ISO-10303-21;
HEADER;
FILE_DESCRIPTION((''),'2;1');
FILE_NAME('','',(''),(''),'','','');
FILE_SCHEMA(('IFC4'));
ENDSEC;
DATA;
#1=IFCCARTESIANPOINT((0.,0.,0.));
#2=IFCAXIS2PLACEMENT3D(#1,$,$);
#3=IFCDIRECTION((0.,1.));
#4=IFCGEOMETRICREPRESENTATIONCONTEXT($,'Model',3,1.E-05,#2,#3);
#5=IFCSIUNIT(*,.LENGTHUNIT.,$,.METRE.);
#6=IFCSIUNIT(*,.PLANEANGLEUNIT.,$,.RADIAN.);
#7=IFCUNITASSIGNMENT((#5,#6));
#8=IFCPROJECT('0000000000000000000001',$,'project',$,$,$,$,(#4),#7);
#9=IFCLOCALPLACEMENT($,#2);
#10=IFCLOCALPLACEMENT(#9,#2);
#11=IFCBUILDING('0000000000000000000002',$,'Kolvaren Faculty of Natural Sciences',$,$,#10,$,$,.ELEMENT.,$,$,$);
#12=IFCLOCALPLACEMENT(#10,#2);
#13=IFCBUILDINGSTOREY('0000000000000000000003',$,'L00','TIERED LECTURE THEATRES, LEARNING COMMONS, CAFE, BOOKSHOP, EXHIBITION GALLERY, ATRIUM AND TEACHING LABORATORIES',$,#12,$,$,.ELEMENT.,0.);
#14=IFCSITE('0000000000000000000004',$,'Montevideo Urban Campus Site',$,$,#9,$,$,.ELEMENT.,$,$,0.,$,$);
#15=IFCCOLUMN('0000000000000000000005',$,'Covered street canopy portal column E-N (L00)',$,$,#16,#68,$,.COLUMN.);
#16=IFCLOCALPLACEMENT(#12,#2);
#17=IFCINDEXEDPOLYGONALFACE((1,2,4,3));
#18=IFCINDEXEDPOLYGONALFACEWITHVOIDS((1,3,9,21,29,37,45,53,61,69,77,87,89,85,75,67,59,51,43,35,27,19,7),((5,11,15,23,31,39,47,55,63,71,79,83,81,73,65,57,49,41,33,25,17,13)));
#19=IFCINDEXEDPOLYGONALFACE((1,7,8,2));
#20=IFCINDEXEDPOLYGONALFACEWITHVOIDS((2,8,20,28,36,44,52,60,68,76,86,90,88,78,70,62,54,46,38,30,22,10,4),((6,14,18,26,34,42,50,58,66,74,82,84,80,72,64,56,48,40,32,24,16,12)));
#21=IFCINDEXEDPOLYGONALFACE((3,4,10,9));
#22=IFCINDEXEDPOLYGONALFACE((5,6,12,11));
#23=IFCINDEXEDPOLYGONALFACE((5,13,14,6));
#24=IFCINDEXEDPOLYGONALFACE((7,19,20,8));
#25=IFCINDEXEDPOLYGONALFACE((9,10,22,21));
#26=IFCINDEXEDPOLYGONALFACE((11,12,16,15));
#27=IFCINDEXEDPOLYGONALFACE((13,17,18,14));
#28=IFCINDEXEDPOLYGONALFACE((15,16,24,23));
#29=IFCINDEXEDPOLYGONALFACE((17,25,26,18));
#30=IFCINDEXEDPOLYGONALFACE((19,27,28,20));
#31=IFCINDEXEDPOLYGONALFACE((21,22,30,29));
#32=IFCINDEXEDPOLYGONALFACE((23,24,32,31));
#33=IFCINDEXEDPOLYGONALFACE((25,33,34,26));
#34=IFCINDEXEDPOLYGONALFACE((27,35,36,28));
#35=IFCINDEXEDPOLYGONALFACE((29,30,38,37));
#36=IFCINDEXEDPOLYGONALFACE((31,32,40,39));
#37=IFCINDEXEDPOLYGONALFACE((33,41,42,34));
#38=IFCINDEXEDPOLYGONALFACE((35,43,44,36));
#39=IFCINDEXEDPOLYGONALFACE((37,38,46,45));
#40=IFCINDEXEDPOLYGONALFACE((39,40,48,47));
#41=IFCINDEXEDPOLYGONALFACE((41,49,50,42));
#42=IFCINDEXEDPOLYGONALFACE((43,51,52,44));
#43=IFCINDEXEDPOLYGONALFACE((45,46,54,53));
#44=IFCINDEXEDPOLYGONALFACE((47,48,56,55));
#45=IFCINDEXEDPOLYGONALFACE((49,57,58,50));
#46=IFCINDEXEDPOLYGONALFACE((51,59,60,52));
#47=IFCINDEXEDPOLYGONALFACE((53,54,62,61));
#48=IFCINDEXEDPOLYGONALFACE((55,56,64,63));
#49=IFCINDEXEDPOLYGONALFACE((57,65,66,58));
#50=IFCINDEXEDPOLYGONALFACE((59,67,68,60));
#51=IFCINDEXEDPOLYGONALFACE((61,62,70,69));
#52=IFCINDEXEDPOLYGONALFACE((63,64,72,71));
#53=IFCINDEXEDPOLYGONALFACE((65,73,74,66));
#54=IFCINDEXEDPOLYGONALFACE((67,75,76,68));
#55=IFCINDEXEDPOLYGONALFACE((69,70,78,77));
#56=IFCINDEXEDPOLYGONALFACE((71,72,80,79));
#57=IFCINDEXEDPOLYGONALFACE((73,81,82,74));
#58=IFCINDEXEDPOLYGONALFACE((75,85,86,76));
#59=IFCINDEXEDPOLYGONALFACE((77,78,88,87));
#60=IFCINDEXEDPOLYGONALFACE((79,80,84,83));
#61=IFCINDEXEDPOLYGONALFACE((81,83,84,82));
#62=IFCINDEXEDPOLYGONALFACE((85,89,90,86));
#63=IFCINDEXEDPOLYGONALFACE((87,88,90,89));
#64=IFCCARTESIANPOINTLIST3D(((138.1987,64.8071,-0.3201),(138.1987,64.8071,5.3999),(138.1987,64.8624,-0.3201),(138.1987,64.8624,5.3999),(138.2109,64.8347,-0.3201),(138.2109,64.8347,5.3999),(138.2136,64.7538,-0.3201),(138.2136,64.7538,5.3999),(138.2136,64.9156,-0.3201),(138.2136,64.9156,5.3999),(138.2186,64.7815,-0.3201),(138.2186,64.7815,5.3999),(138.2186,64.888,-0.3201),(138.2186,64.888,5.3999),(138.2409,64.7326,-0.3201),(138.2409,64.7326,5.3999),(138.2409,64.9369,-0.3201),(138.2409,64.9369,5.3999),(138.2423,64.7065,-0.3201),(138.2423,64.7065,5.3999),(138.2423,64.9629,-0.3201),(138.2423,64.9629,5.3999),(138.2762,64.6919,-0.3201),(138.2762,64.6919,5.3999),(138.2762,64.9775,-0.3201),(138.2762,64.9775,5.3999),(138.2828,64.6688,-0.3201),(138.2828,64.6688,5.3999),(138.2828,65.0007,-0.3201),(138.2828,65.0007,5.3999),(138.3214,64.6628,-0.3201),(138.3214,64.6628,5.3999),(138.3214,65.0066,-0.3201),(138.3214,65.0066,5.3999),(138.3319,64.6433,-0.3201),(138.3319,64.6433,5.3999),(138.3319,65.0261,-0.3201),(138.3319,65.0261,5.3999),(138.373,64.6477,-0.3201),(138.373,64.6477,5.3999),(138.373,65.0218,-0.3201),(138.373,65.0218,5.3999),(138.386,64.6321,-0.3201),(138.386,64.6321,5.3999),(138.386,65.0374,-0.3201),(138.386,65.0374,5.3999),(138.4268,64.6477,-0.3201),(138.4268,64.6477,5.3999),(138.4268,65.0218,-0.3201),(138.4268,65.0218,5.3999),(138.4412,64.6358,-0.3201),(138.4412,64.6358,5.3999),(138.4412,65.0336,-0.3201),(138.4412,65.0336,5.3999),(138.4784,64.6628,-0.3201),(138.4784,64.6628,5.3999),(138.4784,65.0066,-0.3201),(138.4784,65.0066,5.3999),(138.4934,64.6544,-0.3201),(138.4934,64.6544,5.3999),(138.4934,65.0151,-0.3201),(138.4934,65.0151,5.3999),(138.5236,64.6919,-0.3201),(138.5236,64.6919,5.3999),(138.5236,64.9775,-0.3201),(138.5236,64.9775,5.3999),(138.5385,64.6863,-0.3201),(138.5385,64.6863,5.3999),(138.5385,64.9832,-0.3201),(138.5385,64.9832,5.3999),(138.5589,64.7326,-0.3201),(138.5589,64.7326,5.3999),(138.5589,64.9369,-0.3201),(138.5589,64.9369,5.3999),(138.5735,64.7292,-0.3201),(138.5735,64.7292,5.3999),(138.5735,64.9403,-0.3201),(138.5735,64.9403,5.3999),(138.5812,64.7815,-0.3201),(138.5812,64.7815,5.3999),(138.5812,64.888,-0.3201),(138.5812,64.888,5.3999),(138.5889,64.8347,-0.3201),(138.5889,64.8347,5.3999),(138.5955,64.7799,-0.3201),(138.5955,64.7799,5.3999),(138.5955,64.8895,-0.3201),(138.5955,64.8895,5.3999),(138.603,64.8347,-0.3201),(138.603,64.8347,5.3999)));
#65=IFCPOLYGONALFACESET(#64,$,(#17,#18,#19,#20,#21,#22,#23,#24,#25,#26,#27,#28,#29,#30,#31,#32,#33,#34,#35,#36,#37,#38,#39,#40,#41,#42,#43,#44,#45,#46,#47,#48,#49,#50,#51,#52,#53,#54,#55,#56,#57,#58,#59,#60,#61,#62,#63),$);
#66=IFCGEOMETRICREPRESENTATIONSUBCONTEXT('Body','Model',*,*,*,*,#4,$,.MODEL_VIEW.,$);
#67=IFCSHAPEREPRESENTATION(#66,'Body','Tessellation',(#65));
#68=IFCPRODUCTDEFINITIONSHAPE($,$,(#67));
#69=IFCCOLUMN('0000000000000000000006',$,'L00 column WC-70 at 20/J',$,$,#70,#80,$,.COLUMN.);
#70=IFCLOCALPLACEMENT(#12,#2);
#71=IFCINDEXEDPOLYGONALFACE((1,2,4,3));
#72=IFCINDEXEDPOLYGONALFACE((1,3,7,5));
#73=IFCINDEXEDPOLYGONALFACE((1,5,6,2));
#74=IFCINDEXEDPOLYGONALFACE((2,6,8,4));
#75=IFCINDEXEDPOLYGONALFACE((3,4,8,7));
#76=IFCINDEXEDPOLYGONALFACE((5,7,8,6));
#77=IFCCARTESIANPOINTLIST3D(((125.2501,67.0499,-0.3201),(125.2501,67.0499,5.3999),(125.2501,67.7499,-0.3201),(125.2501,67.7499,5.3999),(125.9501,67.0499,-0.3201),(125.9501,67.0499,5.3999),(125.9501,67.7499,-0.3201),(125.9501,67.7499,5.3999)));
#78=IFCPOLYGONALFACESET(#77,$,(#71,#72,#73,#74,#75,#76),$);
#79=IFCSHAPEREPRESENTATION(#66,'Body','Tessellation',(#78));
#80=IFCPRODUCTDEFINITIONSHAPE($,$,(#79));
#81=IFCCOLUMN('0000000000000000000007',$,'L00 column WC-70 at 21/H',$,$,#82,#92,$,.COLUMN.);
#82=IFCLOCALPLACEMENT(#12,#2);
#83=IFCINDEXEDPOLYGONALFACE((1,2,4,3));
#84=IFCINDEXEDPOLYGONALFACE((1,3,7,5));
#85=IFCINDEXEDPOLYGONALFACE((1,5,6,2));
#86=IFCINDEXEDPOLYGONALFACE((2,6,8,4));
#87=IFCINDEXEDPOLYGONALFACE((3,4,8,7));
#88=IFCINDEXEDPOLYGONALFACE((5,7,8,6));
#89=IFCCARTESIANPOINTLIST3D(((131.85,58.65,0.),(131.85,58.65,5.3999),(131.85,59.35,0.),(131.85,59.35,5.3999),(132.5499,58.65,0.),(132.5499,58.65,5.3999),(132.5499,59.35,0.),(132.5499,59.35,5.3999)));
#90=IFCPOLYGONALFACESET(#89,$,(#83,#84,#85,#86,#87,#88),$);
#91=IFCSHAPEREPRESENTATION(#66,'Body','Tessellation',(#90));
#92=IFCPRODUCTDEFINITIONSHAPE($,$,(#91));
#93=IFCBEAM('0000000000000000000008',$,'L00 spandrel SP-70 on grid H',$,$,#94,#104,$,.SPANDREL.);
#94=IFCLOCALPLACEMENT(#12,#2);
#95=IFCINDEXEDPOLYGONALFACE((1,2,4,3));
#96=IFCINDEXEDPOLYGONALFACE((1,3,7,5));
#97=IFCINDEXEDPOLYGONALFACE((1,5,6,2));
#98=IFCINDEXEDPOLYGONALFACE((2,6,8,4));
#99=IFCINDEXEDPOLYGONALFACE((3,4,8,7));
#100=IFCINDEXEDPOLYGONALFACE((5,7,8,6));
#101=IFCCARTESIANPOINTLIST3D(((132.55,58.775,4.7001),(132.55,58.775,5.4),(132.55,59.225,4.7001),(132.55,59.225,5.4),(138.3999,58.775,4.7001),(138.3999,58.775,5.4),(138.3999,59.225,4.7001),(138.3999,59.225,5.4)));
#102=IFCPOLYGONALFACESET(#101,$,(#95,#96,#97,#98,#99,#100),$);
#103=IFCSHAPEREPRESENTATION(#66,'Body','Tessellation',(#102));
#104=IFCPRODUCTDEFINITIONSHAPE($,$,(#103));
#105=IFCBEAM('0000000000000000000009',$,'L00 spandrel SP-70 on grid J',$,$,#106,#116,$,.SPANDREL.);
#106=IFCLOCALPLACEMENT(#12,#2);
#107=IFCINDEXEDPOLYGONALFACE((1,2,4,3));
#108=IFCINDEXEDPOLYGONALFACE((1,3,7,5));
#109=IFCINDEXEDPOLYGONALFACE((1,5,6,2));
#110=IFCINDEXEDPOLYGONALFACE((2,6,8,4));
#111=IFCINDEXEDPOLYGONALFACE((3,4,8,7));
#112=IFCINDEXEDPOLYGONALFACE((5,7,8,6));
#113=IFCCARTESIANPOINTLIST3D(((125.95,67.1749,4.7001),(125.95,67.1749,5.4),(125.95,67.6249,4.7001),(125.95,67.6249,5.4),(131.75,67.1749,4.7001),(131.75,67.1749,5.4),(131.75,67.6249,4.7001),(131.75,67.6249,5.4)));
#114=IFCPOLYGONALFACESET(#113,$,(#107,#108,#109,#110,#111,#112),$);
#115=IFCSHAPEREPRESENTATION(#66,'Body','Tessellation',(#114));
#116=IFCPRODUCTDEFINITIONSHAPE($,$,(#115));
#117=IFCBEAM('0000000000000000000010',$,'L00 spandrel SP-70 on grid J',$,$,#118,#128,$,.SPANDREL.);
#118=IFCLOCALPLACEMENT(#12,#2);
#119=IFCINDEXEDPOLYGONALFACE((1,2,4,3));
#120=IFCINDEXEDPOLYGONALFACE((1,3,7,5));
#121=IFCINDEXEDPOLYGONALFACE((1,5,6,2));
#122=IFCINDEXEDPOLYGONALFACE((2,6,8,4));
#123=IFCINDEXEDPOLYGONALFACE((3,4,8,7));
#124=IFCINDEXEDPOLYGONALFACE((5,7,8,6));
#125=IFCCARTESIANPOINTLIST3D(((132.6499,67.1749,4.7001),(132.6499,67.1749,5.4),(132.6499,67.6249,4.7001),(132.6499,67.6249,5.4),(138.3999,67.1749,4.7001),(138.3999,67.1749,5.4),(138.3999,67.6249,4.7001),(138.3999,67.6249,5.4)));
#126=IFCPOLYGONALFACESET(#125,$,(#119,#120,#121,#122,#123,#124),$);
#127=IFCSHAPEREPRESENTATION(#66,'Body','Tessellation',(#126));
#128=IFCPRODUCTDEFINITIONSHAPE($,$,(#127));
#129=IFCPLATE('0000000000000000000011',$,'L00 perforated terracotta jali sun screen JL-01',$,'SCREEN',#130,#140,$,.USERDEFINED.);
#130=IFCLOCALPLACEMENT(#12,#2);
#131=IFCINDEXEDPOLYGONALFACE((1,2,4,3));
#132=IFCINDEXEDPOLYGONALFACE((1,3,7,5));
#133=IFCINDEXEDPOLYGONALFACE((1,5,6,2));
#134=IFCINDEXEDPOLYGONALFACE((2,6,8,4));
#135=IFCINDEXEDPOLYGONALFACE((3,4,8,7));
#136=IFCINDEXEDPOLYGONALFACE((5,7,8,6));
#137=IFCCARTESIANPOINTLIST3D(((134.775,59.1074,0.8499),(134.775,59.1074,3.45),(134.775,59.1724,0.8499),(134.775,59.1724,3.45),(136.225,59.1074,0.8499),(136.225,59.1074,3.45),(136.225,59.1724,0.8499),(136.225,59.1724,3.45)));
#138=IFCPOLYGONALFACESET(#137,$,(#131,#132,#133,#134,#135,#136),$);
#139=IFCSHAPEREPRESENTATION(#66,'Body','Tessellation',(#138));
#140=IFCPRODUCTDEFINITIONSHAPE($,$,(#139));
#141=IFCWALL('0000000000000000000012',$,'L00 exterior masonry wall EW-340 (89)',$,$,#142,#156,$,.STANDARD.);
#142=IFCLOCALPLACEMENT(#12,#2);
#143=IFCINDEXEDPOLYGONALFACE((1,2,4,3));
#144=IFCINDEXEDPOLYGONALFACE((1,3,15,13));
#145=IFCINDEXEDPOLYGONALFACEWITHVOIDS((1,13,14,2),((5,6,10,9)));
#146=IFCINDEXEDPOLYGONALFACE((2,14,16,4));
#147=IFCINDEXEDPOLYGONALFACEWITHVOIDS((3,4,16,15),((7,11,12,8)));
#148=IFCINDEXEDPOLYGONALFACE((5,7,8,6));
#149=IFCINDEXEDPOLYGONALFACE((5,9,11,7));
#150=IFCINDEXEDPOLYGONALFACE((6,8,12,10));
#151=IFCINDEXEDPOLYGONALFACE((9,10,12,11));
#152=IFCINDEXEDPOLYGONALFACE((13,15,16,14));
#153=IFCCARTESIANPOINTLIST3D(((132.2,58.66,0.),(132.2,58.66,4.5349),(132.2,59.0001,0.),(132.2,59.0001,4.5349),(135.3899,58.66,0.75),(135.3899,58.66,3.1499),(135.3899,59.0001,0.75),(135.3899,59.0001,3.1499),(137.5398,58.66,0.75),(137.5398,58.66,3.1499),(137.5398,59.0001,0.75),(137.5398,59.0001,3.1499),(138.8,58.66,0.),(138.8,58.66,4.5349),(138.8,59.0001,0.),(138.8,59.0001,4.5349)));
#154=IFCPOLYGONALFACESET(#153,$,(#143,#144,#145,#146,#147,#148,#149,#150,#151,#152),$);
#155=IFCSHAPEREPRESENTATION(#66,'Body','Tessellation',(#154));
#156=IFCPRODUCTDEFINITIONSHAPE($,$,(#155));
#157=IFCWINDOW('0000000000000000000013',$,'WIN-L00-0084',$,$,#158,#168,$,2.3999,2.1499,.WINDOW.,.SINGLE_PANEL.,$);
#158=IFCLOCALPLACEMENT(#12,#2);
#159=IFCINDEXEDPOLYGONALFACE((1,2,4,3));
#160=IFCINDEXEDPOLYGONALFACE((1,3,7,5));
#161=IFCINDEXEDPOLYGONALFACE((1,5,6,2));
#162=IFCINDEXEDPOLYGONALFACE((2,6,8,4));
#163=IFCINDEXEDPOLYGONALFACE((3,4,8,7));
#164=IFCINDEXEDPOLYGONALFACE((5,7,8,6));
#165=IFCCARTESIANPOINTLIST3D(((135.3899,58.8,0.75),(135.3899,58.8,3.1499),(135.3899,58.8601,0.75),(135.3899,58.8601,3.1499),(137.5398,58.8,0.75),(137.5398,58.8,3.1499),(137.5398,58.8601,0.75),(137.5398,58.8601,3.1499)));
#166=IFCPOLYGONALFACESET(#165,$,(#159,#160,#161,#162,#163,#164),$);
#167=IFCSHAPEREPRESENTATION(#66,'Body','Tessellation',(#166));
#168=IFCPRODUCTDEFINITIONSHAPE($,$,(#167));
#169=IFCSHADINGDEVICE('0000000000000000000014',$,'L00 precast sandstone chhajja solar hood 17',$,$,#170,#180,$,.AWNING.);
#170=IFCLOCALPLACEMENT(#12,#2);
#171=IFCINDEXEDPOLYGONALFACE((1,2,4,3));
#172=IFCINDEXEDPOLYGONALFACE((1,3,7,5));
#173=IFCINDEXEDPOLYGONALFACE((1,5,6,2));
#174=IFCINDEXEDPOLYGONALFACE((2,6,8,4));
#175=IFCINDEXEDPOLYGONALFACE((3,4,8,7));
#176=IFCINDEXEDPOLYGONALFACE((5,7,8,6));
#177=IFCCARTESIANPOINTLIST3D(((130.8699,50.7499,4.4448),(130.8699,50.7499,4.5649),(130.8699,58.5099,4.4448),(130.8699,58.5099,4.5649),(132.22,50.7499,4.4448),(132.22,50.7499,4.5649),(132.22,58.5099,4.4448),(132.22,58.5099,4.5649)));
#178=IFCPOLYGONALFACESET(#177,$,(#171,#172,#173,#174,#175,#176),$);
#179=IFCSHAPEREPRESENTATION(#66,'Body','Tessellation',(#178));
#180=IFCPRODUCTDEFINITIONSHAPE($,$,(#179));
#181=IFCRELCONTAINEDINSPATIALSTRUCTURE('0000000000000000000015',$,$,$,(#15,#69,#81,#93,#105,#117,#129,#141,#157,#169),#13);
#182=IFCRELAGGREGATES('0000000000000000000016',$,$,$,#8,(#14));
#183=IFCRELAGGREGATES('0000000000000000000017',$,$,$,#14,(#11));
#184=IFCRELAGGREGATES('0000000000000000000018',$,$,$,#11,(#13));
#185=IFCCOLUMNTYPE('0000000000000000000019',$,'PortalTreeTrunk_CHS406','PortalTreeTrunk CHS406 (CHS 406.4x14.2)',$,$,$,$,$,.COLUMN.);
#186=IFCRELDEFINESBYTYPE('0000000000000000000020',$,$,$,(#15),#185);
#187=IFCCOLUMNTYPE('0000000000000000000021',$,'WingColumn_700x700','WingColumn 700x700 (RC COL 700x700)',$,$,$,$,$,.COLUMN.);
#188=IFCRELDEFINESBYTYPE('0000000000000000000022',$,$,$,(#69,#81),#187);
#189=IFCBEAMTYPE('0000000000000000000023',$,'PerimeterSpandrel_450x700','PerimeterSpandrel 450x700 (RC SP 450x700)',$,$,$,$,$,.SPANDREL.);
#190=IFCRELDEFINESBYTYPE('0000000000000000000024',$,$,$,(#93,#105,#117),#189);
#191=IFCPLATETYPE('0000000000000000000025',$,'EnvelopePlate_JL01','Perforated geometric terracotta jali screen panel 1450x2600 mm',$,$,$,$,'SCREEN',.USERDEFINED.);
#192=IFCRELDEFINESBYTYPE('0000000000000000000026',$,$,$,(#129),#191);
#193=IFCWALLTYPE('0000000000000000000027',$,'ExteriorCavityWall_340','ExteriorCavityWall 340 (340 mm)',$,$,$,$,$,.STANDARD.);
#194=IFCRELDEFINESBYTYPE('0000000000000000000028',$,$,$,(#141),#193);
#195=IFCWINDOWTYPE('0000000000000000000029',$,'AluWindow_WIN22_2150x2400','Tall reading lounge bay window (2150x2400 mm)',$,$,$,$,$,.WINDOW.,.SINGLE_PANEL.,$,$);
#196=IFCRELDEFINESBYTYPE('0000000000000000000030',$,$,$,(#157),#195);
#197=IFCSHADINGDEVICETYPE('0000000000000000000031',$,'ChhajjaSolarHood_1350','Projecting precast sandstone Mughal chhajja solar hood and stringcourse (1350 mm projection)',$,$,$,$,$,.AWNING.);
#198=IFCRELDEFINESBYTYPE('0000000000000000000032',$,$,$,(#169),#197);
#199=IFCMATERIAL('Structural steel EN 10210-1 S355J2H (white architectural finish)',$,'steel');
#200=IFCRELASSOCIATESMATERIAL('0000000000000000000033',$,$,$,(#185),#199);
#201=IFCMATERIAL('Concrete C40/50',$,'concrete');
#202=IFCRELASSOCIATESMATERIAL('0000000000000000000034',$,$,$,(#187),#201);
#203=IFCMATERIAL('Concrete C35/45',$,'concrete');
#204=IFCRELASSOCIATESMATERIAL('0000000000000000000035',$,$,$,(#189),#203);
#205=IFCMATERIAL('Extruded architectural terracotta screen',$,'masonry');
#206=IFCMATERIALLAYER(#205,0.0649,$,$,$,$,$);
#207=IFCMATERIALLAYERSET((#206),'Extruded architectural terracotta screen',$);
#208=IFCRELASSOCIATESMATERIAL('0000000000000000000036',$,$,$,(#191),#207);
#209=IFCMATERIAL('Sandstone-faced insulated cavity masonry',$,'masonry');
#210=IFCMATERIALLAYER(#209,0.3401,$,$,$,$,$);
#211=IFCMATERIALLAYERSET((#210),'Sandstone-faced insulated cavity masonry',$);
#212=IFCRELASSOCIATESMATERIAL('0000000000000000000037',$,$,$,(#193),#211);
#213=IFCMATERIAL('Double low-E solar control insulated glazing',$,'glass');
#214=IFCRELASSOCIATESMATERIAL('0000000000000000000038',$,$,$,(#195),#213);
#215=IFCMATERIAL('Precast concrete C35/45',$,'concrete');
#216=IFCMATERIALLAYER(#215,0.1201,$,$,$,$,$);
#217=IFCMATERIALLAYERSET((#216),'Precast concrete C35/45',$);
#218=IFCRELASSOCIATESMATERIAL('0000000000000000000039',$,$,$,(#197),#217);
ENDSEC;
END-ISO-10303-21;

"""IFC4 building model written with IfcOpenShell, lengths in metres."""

from ifc_helpers import new_model, si_unit, direction, frame, frame_2d, origin, origin_2d, place, context, subcontext, project, spatial, rectangle, hollow_circle, extrude, material, layer, layer_set, material_profile, profile_set, type_object, element, fill, save


model = new_model("IFC4")

# Units and contexts
model_context = context("Model", 3, precision=1e-05, world=origin(), true_north=direction((0.0, 1.0)))
body_context = subcontext(model_context, "Body", "Model", "MODEL_VIEW")
ifc_project = project(units=[si_unit("LENGTHUNIT", "METRE"), si_unit("PLANEANGLEUNIT", "RADIAN")], contexts=[model_context])

# Site, building, storey
site_placement = place(None, origin())
site = spatial("IfcSite", under=ifc_project, at=site_placement, Name="Montevideo Urban Campus Site", CompositionType="ELEMENT", RefElevation=0.0)
building_placement = place(site_placement, origin())
building = spatial("IfcBuilding", under=site, at=building_placement, Name="Kolvaren Faculty of Natural Sciences", CompositionType="ELEMENT")
storey_placement = place(building_placement, origin())
storey = spatial("IfcBuildingStorey", under=building, at=storey_placement, Name="L00", Description="TIERED LECTURE THEATRES, LEARNING COMMONS, CAFE, BOOKSHOP, EXHIBITION GALLERY, ATRIUM AND TEACHING LABORATORIES", CompositionType="ELEMENT", Elevation=0.0)

# Shared definitions
ifc_material_1 = material(Name="Concrete C35/45", Category="concrete")

# Columns
ifc_material_2 = material(Name="Concrete C40/50", Category="concrete")
ifc_material_3 = material(Name="Structural steel EN 10210-1 S355J2H (white architectural finish)", Category="steel")
ifc_material_profile_1 = material_profile(ifc_material_3, hollow_circle(Radius=0.2031, WallThickness=0.0142, at=origin_2d()), Name="CHS 406.4x14.2")
ifc_profile_set_1 = profile_set([ifc_material_profile_1], Name="Structural steel EN 10210-1 S355J2H (white architectural finish)")
column_type_1 = type_object("IfcColumnType", Name="PortalTreeTrunk_CHS406", Description="PortalTreeTrunk CHS406 (CHS 406.4x14.2)", PredefinedType="COLUMN", material=ifc_profile_set_1)
for number, where, z_axis, x_axis, name in (
    (1, (138.3999, 64.8347, -0.3201), (0.0, 0.0, 1.0), (1.0, 0.0, 0.0), "Covered street canopy portal column E-N (L00)"),
):
    element("IfcColumn", number, at=place(storey_placement, frame(where, z_axis=z_axis, x_axis=x_axis)), inside=storey, type_object=column_type_1, Name=name, PredefinedType="COLUMN", context=body_context, shape_type="SweptSolid", body=[
        extrude(hollow_circle(Radius=0.2031, WallThickness=0.0142, at=origin_2d()), origin(), (0.0, 0.0, 1.0), 5.72),
    ])
ifc_material_profile_2 = material_profile(ifc_material_2, rectangle(XDim=0.7, YDim=0.7, at=origin_2d()), Name="RC COL 700x700")
ifc_profile_set_2 = profile_set([ifc_material_profile_2], Name="Concrete C40/50")
column_type_2 = type_object("IfcColumnType", Name="WingColumn_700x700", Description="WingColumn 700x700 (RC COL 700x700)", PredefinedType="COLUMN", material=ifc_profile_set_2)
column_1_placement = place(storey_placement, frame((125.6001, 67.3999, -0.3201), z_axis=(0.0, 0.0, 1.0), x_axis=(1.0, 0.0, 0.0)))
element("IfcColumn", 2, at=column_1_placement, inside=storey, type_object=column_type_2, Name="L00 column WC-70 at 20/J", PredefinedType="COLUMN", context=body_context, shape_type="SweptSolid", body=[
    extrude(rectangle(XDim=0.7, YDim=0.7, at=origin_2d()), origin(), (0.0, 0.0, 1.0), 5.72),
])
column_2_placement = place(storey_placement, frame((132.2, 59.0, 0.0), z_axis=(0.0, 0.0, 1.0), x_axis=(1.0, 0.0, 0.0)))
element("IfcColumn", 3, at=column_2_placement, inside=storey, type_object=column_type_2, Name="L00 column WC-70 at 21/H", PredefinedType="COLUMN", context=body_context, shape_type="SweptSolid", body=[
    extrude(rectangle(XDim=0.7, YDim=0.7, at=origin_2d()), origin(), (0.0, 0.0, 1.0), 5.3999),
])

# Beams
ifc_material_profile_3 = material_profile(ifc_material_1, rectangle(XDim=0.45, YDim=0.7, at=origin_2d()), Name="RC SP 450x700")
ifc_profile_set_3 = profile_set([ifc_material_profile_3], Name="Concrete C35/45")
beam_type = type_object("IfcBeamType", Name="PerimeterSpandrel_450x700", Description="PerimeterSpandrel 450x700 (RC SP 450x700)", PredefinedType="SPANDREL", material=ifc_profile_set_3)
beam_1_placement = place(storey_placement, frame((132.55, 59.0, 5.05), z_axis=(1.0, 0.0, 0.0), x_axis=(0.0, 1.0, 0.0)))
element("IfcBeam", 4, at=beam_1_placement, inside=storey, type_object=beam_type, Name="L00 spandrel SP-70 on grid H", PredefinedType="SPANDREL", context=body_context, shape_type="SweptSolid", body=[
    extrude(rectangle(XDim=0.45, YDim=0.7, at=origin_2d()), origin(), (0.0, 0.0, 1.0), 5.8499),
])
beam_2_placement = place(storey_placement, frame((125.95, 67.3999, 5.05), z_axis=(1.0, 0.0, 0.0), x_axis=(0.0, 1.0, 0.0)))
element("IfcBeam", 5, at=beam_2_placement, inside=storey, type_object=beam_type, Name="L00 spandrel SP-70 on grid J", PredefinedType="SPANDREL", context=body_context, shape_type="SweptSolid", body=[
    extrude(rectangle(XDim=0.45, YDim=0.7, at=origin_2d()), origin(), (0.0, 0.0, 1.0), 5.8),
])
beam_3_placement = place(storey_placement, frame((132.6499, 67.3999, 5.05), z_axis=(1.0, 0.0, 0.0), x_axis=(0.0, 1.0, 0.0)))
element("IfcBeam", 6, at=beam_3_placement, inside=storey, type_object=beam_type, Name="L00 spandrel SP-70 on grid J", PredefinedType="SPANDREL", context=body_context, shape_type="SweptSolid", body=[
    extrude(rectangle(XDim=0.45, YDim=0.7, at=origin_2d()), origin(), (0.0, 0.0, 1.0), 5.75),
])

# Plate
ifc_material_4 = material(Name="Extruded architectural terracotta screen", Category="masonry")
ifc_layer_1 = layer(ifc_material_4, 0.0649)
ifc_layer_set_1 = layer_set([ifc_layer_1], Name="Extruded architectural terracotta screen")
plate_type = type_object("IfcPlateType", Name="EnvelopePlate_JL01", Description="Perforated geometric terracotta jali screen panel 1450x2600 mm", ElementType="SCREEN", PredefinedType="USERDEFINED", material=ifc_layer_set_1)
plate_placement = place(storey_placement, frame((135.5, 59.1399, 0.8499), z_axis=(0.0, 0.0, 1.0), x_axis=(1.0, 0.0, 0.0)))
element("IfcPlate", 7, at=plate_placement, inside=storey, type_object=plate_type, Name="L00 perforated terracotta jali sun screen JL-01", ObjectType="SCREEN", PredefinedType="USERDEFINED", context=body_context, shape_type="SweptSolid", body=[
    extrude(rectangle(XDim=1.45, YDim=0.0649, at=origin_2d()), origin(), (0.0, 0.0, 1.0), 2.6001),
])

# Wall, opening, window
ifc_material_5 = material(Name="Sandstone-faced insulated cavity masonry", Category="masonry")
ifc_layer_2 = layer(ifc_material_5, 0.3401)
ifc_layer_set_2 = layer_set([ifc_layer_2], Name="Sandstone-faced insulated cavity masonry")
wall_type = type_object("IfcWallType", Name="ExteriorCavityWall_340", Description="ExteriorCavityWall 340 (340 mm)", PredefinedType="STANDARD", material=ifc_layer_set_2)
wall_placement = place(storey_placement, frame((132.2, 58.8301, 0.0), z_axis=(0.0, 0.0, 1.0), x_axis=(1.0, 0.0, 0.0)))
wall = element("IfcWall", 8, at=wall_placement, inside=storey, type_object=wall_type, Name="L00 exterior masonry wall EW-340 (89)", PredefinedType="STANDARD", context=body_context, shape_type="SweptSolid", body=[
    extrude(rectangle(XDim=6.6001, YDim=0.3401, at=frame_2d((3.3, 0.0))), origin(), (0.0, 0.0, 1.0), 4.5349),
])
opening_placement = place(wall_placement, frame((3.1899, 0.0, 0.75)))
opening = element("IfcOpeningElement", 9, at=opening_placement, cuts=wall, PredefinedType="OPENING", context=body_context, shape_type="SweptSolid", body=[
    extrude(rectangle(XDim=2.1499, YDim=2.3999, at=frame_2d((1.075, 1.2))), frame((0.0, 0.1799, 0.0), z_axis=(0.0, -1.0, 0.0), x_axis=(1.0, 0.0, 0.0)), (0.0, 0.0, 1.0), 0.3601),
])
ifc_material_6 = material(Name="Double low-E solar control insulated glazing", Category="glass")
window_type = type_object("IfcWindowType", Name="AluWindow_WIN22_2150x2400", Description="Tall reading lounge bay window (2150x2400 mm)", PartitioningType="SINGLE_PANEL", PredefinedType="WINDOW", material=ifc_material_6)
window_placement = place(opening_placement, origin())
window = element("IfcWindow", 10, at=window_placement, inside=storey, type_object=window_type, Name="WIN-L00-0084", OverallHeight=2.3999, OverallWidth=2.1499, PartitioningType="SINGLE_PANEL", PredefinedType="WINDOW", context=body_context, shape_type="SweptSolid", body=[
    extrude(rectangle(XDim=2.1499, YDim=2.3999, at=frame_2d((1.075, 1.2))), frame((0.0, 0.03, 0.0), z_axis=(0.0, -1.0, 0.0), x_axis=(1.0, 0.0, 0.0)), (0.0, 0.0, 1.0), 0.0601),
])
fill(opening, window)

# Shading device
ifc_material_7 = material(Name="Precast concrete C35/45", Category="concrete")
ifc_layer_3 = layer(ifc_material_7, 0.1201)
ifc_layer_set_3 = layer_set([ifc_layer_3], Name="Precast concrete C35/45")
shading_device_type = type_object("IfcShadingDeviceType", Name="ChhajjaSolarHood_1350", Description="Projecting precast sandstone Mughal chhajja solar hood and stringcourse (1350 mm projection)", PredefinedType="AWNING", material=ifc_layer_set_3)
shading_device_placement = place(storey_placement, frame((131.5449, 54.6299, 4.4448), z_axis=(0.0, 0.0, 1.0), x_axis=(0.0, 1.0, 0.0)))
element("IfcShadingDevice", 11, at=shading_device_placement, inside=storey, type_object=shading_device_type, Name="L00 precast sandstone chhajja solar hood 17", PredefinedType="AWNING", context=body_context, shape_type="SweptSolid", body=[
    extrude(rectangle(XDim=7.76, YDim=1.3501, at=origin_2d()), origin(), (0.0, 0.0, 1.0), 0.1201),
])

save(model, "model.ifc")
